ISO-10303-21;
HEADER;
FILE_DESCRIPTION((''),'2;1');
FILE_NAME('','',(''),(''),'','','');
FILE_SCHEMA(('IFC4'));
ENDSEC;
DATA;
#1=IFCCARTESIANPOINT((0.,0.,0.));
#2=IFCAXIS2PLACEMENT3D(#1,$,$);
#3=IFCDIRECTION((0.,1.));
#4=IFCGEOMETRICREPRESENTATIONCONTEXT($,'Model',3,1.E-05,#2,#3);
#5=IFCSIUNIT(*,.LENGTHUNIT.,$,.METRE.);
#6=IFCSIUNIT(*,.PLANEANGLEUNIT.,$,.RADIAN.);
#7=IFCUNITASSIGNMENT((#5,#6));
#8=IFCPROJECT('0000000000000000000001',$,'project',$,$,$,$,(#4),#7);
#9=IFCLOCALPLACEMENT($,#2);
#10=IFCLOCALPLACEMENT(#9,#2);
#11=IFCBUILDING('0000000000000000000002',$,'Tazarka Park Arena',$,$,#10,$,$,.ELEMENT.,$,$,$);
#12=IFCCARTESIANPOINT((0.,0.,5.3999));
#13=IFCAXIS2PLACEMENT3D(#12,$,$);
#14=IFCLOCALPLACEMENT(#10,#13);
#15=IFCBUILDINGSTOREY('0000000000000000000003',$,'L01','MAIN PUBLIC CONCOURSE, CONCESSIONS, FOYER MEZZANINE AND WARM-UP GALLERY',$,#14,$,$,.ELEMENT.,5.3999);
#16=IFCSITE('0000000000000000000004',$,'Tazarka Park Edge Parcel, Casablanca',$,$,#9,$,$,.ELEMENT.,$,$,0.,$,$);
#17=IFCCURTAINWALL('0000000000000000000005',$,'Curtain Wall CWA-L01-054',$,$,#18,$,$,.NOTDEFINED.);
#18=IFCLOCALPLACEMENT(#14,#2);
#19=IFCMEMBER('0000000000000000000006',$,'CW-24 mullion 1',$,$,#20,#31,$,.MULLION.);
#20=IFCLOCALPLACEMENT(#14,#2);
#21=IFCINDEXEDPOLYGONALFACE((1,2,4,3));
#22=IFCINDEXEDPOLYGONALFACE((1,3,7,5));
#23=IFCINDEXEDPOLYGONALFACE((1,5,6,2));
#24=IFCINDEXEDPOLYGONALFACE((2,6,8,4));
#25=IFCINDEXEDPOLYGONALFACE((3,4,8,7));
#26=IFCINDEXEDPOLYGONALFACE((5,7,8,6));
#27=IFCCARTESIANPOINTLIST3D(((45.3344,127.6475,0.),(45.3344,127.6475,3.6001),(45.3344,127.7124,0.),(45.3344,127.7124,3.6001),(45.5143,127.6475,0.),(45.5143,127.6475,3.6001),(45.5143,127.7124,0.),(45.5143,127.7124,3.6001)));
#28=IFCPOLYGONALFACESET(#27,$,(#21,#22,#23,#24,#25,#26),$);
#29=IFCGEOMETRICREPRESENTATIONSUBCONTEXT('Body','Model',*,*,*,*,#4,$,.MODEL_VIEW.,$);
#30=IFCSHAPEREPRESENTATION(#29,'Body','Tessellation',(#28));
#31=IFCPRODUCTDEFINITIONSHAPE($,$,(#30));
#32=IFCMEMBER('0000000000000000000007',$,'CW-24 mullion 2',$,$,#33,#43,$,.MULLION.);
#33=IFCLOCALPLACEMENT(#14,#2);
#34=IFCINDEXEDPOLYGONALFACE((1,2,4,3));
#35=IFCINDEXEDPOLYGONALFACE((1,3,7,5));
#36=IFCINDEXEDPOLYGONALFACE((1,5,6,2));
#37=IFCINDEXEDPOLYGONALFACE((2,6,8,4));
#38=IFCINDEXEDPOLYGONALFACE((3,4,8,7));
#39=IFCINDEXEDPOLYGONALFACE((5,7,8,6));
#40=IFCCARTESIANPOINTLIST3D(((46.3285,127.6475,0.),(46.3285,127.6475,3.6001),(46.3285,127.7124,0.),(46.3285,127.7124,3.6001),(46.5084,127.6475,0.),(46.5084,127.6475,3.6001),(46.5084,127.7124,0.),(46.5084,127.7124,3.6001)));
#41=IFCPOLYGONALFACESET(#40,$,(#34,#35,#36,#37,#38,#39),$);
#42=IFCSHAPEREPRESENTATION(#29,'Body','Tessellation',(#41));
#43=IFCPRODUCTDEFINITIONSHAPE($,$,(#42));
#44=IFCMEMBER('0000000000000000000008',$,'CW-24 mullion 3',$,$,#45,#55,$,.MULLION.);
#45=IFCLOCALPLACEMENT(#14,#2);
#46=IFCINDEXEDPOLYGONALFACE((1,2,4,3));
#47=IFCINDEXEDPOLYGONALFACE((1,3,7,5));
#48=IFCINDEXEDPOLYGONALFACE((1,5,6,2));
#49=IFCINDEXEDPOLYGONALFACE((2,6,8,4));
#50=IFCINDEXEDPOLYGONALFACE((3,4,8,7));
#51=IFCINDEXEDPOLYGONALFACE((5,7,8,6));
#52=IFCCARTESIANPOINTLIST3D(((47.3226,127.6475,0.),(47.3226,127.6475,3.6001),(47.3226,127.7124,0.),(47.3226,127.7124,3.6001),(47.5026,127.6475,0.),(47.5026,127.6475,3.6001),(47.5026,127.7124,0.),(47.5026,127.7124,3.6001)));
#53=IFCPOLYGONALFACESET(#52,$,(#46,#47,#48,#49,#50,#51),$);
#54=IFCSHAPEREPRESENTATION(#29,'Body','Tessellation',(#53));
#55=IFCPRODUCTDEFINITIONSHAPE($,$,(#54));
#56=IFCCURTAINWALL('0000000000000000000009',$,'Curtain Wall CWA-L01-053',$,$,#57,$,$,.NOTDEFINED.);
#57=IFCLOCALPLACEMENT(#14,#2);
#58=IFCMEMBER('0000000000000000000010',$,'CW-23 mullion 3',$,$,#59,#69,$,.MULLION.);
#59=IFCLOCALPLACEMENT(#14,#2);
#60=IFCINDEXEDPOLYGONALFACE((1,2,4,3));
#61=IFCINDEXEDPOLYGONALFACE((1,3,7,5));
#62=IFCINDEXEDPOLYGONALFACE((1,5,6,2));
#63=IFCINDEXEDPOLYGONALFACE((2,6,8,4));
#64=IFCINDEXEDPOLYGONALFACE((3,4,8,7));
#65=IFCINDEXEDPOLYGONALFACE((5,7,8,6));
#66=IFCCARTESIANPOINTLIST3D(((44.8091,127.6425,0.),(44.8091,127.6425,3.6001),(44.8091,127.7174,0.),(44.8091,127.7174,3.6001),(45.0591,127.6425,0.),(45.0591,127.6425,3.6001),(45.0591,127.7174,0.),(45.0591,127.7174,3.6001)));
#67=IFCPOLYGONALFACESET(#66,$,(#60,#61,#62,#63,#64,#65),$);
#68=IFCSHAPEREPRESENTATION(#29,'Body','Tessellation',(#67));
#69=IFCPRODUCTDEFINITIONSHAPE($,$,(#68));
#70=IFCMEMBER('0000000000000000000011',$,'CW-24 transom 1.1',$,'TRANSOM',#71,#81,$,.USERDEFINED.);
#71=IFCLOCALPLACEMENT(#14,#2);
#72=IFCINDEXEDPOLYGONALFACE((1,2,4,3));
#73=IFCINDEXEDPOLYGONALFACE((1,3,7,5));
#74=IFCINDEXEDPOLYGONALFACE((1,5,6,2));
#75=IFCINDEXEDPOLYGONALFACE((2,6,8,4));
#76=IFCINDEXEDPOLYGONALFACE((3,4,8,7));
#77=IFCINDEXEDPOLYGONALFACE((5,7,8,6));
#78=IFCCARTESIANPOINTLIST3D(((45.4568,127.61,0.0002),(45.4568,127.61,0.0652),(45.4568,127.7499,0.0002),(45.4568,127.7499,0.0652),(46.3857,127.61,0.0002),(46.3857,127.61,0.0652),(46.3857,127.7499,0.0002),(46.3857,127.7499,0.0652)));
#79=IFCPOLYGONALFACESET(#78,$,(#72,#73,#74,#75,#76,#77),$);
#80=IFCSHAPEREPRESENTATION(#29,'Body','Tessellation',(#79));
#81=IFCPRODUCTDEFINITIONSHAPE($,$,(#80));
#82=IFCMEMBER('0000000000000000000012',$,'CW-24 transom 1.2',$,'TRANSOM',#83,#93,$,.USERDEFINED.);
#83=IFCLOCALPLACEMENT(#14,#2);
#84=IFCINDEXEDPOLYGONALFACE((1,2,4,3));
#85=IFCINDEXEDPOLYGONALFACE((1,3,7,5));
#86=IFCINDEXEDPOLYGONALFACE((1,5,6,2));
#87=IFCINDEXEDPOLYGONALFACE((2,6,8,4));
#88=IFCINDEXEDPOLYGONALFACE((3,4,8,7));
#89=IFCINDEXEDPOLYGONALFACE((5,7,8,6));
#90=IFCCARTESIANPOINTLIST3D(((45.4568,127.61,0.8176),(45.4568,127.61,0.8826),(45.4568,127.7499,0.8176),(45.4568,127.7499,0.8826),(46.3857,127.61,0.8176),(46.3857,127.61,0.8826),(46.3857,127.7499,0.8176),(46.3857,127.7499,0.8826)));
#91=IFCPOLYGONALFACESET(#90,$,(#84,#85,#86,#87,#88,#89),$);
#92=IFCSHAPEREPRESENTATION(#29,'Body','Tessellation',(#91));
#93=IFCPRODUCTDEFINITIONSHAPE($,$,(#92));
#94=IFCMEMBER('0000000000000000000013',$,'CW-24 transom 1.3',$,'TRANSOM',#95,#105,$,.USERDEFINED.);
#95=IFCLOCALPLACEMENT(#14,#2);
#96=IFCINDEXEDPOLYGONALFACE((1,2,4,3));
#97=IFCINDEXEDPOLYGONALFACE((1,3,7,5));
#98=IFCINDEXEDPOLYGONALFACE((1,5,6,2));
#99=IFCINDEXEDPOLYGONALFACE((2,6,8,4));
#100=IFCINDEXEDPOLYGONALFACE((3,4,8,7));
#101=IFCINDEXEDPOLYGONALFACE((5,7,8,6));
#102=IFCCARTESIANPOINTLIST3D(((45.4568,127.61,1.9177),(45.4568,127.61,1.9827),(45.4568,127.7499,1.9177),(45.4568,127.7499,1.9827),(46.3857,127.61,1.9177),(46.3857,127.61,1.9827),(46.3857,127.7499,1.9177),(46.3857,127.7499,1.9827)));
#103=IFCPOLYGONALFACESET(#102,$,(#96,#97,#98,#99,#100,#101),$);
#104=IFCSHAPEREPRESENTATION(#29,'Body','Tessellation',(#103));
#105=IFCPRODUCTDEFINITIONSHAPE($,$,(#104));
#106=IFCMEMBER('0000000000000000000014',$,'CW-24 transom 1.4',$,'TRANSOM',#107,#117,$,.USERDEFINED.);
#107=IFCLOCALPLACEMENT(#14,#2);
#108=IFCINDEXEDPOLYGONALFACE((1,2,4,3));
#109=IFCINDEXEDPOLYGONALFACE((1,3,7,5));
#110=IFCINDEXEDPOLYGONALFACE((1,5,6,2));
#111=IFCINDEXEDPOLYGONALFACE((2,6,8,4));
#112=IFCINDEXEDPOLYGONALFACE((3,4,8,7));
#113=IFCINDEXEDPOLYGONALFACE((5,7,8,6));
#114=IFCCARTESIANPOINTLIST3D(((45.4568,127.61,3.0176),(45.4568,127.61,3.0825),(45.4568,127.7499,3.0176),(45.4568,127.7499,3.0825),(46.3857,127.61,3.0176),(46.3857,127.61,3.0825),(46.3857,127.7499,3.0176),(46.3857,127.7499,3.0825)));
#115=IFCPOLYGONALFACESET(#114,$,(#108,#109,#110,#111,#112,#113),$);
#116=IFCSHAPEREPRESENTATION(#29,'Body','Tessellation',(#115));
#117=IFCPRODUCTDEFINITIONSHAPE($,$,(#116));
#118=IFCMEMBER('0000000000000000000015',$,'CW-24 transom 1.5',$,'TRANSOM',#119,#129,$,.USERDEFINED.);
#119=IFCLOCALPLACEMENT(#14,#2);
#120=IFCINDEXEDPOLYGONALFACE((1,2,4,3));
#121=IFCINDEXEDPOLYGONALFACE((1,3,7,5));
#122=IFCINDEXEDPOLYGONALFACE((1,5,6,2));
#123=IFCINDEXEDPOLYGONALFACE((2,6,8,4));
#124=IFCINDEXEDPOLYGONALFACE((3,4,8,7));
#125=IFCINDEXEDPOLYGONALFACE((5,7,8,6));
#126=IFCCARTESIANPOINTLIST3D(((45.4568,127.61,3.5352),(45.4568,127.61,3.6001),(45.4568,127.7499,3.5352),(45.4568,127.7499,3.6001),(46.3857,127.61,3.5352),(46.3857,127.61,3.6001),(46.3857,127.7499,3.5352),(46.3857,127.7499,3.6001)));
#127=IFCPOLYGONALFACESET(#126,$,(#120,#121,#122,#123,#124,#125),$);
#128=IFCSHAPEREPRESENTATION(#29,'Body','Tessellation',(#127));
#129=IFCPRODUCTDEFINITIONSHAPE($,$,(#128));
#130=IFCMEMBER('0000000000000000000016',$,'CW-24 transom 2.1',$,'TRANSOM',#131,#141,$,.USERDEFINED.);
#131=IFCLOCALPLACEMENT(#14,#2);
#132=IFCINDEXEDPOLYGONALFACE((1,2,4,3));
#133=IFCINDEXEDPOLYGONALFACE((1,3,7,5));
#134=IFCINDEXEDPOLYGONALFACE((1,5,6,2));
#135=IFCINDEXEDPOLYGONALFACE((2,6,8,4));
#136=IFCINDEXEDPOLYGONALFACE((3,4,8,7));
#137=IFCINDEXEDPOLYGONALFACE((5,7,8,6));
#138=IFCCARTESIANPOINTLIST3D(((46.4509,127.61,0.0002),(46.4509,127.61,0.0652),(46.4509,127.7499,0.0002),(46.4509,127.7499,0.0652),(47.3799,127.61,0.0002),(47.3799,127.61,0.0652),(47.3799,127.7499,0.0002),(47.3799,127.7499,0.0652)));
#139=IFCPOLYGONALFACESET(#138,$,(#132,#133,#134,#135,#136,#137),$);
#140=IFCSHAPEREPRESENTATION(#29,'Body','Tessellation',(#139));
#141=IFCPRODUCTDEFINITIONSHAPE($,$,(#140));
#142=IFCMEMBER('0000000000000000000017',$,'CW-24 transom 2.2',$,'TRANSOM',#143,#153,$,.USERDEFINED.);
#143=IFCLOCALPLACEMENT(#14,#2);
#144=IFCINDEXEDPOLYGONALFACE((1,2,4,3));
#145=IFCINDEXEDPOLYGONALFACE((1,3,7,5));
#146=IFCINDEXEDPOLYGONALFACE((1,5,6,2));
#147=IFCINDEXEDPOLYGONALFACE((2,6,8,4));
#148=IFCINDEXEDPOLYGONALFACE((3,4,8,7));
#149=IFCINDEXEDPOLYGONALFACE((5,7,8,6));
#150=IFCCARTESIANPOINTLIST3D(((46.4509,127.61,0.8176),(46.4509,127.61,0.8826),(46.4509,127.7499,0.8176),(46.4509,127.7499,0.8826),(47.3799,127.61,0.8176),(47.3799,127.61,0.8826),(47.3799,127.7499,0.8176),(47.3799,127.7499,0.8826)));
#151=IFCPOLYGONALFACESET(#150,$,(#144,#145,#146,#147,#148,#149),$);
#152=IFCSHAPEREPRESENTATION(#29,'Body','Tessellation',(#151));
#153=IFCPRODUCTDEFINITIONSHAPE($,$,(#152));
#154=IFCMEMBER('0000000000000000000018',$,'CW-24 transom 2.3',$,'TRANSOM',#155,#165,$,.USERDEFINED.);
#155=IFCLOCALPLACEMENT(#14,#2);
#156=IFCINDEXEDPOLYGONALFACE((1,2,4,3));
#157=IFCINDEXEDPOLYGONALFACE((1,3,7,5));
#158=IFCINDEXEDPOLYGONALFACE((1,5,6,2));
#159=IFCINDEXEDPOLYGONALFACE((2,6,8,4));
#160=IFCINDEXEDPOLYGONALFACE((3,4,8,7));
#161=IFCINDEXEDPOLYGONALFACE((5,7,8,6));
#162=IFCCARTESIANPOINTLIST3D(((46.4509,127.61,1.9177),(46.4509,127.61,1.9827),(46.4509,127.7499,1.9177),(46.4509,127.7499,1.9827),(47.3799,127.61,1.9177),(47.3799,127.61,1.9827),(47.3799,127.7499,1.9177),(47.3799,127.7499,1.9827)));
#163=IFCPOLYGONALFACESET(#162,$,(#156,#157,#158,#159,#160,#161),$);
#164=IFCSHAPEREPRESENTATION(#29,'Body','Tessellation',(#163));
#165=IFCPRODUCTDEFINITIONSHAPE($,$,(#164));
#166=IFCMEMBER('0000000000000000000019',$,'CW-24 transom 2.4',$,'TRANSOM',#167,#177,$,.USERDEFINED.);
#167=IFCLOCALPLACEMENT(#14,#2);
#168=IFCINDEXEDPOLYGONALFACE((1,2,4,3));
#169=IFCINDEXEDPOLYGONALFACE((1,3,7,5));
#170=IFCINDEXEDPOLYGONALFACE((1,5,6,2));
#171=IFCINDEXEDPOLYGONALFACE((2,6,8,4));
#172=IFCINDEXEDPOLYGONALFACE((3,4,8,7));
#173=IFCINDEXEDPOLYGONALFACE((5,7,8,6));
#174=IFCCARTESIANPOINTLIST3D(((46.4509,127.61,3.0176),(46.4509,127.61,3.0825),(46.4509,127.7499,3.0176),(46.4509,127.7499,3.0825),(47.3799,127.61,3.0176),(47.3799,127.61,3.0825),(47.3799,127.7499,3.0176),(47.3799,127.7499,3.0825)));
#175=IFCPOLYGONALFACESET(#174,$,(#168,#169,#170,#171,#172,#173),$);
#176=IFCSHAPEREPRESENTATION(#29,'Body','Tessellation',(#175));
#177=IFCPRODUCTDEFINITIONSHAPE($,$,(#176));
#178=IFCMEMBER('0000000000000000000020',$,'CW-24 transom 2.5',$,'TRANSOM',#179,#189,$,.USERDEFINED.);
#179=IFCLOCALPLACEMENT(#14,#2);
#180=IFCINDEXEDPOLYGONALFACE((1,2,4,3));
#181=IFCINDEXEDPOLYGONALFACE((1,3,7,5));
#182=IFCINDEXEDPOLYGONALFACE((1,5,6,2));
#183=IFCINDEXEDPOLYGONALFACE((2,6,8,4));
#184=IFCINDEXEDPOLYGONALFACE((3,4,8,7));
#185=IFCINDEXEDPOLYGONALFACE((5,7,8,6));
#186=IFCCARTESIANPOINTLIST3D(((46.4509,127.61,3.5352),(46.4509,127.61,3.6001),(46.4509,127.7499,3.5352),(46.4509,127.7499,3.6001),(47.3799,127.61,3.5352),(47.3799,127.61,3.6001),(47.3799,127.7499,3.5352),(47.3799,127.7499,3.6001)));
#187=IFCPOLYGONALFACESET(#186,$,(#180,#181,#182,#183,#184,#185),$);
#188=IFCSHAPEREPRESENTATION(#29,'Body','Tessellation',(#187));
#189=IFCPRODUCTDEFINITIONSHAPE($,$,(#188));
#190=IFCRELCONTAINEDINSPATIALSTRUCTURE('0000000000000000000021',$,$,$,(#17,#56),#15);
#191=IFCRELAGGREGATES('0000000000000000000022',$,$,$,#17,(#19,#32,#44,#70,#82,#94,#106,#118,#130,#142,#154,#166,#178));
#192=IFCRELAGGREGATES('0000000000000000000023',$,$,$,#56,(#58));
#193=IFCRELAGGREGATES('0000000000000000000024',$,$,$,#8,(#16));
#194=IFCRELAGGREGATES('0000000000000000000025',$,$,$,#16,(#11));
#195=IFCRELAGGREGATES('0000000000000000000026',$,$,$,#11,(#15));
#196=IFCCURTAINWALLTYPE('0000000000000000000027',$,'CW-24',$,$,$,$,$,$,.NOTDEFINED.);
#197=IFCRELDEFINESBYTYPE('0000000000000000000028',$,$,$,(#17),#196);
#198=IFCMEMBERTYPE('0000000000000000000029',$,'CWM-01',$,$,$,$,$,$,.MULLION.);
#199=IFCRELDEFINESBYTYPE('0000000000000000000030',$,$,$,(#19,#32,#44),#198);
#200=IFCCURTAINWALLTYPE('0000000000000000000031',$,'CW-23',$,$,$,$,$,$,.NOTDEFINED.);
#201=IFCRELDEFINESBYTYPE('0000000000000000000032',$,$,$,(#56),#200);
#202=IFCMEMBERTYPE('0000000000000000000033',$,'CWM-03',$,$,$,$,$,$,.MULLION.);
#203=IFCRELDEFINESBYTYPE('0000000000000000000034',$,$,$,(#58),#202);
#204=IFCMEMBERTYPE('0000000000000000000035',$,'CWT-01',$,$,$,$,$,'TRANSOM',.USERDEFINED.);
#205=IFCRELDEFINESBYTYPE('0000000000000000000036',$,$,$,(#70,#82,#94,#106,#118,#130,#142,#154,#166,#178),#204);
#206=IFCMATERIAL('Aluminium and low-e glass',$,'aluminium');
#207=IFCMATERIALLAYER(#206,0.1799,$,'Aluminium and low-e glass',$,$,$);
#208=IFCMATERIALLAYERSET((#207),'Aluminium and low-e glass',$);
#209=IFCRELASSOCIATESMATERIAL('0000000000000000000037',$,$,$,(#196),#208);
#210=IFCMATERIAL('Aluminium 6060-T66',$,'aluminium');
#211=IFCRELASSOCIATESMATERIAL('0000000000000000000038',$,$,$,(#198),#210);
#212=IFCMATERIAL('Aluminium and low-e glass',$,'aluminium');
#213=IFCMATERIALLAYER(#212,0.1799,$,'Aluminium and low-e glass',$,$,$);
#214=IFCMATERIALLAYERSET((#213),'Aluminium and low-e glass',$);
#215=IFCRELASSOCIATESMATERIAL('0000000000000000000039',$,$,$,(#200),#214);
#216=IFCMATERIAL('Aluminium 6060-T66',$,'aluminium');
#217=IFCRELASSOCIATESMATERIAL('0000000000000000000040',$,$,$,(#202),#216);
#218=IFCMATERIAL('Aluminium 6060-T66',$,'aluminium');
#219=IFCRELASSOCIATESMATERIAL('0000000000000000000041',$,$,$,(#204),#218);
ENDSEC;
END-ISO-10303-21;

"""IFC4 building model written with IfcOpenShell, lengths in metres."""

from ifc_helpers import new_model, si_unit, direction, frame, origin, origin_2d, place, context, subcontext, project, spatial, rectangle, extrude, material, layer, layer_set, material_profile, profile_set, type_object, element, aggregate, save


model = new_model("IFC4")

# Units and contexts
model_context = context("Model", 3, precision=1e-05, world=origin(), true_north=direction((0.0, 1.0)))
body_context = subcontext(model_context, "Body", "Model", "MODEL_VIEW")
ifc_project = project(units=[si_unit("LENGTHUNIT", "METRE"), si_unit("PLANEANGLEUNIT", "RADIAN")], contexts=[model_context])

# Site, building, storey
site_placement = place(None, origin())
site = spatial("IfcSite", under=ifc_project, at=site_placement, Name="Tazarka Park Edge Parcel, Casablanca", CompositionType="ELEMENT", RefElevation=0.0)
building_placement = place(site_placement, origin())
building = spatial("IfcBuilding", under=site, at=building_placement, Name="Tazarka Park Arena", CompositionType="ELEMENT")
storey_placement = place(building_placement, frame((0.0, 0.0, 5.3999)))
storey = spatial("IfcBuildingStorey", under=building, at=storey_placement, Name="L01", Description="MAIN PUBLIC CONCOURSE, CONCESSIONS, FOYER MEZZANINE AND WARM-UP GALLERY", CompositionType="ELEMENT", Elevation=5.3999)

# Curtain wall, members
ifc_material_1 = material(Name="Aluminium and low-e glass", Category="aluminium")
ifc_layer_1 = layer(ifc_material_1, 0.1799, Name="Aluminium and low-e glass")
ifc_layer_set_1 = layer_set([ifc_layer_1], Name="Aluminium and low-e glass")
curtain_wall_type_1 = type_object("IfcCurtainWallType", Name="CW-24", PredefinedType="NOTDEFINED", material=ifc_layer_set_1)
curtain_wall_1_placement = place(storey_placement, origin())
curtain_wall_1 = element("IfcCurtainWall", 1, at=curtain_wall_1_placement, inside=storey, type_object=curtain_wall_type_1, Name="Curtain Wall CWA-L01-054", PredefinedType="NOTDEFINED")
ifc_material_2 = material(Name="Aluminium 6060-T66", Category="aluminium")
ifc_material_profile_1 = material_profile(ifc_material_2, rectangle(XDim=0.0649, YDim=0.1799, at=origin_2d()), Name="Aluminium 6060-T66")
ifc_profile_set_1 = profile_set([ifc_material_profile_1], Name="Aluminium 6060-T66")
member_type_1 = type_object("IfcMemberType", Name="CWM-01", PredefinedType="MULLION", material=ifc_profile_set_1)
member_1_placement = place(storey_placement, frame((45.4243, 127.6799, 0.0), z_axis=(0.0, 0.0, 1.0), x_axis=(0.0, 1.0, 0.0)))
member_1 = element("IfcMember", 2, at=member_1_placement, type_object=member_type_1, Name="CW-24 mullion 1", PredefinedType="MULLION", context=body_context, shape_type="SweptSolid", body=[
    extrude(rectangle(XDim=0.0649, YDim=0.1799, at=origin_2d()), origin(), (0.0, 0.0, 1.0), 3.6001),
])
member_2_placement = place(storey_placement, frame((46.4185, 127.6799, 0.0), z_axis=(0.0, 0.0, 1.0), x_axis=(0.0, 1.0, 0.0)))
member_2 = element("IfcMember", 3, at=member_2_placement, type_object=member_type_1, Name="CW-24 mullion 2", PredefinedType="MULLION", context=body_context, shape_type="SweptSolid", body=[
    extrude(rectangle(XDim=0.0649, YDim=0.1799, at=origin_2d()), origin(), (0.0, 0.0, 1.0), 3.6001),
])
member_3_placement = place(storey_placement, frame((47.4126, 127.6799, 0.0), z_axis=(0.0, 0.0, 1.0), x_axis=(0.0, 1.0, 0.0)))
member_3 = element("IfcMember", 4, at=member_3_placement, type_object=member_type_1, Name="CW-24 mullion 3", PredefinedType="MULLION", context=body_context, shape_type="SweptSolid", body=[
    extrude(rectangle(XDim=0.0649, YDim=0.1799, at=origin_2d()), origin(), (0.0, 0.0, 1.0), 3.6001),
])

# Curtain wall, member
ifc_material_3 = material(Name="Aluminium and low-e glass", Category="aluminium")
ifc_layer_2 = layer(ifc_material_3, 0.1799, Name="Aluminium and low-e glass")
ifc_layer_set_2 = layer_set([ifc_layer_2], Name="Aluminium and low-e glass")
curtain_wall_type_2 = type_object("IfcCurtainWallType", Name="CW-23", PredefinedType="NOTDEFINED", material=ifc_layer_set_2)
curtain_wall_2_placement = place(storey_placement, origin())
curtain_wall_2 = element("IfcCurtainWall", 5, at=curtain_wall_2_placement, inside=storey, type_object=curtain_wall_type_2, Name="Curtain Wall CWA-L01-053", PredefinedType="NOTDEFINED")
ifc_material_4 = material(Name="Aluminium 6060-T66", Category="aluminium")
ifc_material_profile_2 = material_profile(ifc_material_4, rectangle(XDim=0.075, YDim=0.25, at=origin_2d()), Name="Aluminium 6060-T66")
ifc_profile_set_2 = profile_set([ifc_material_profile_2], Name="Aluminium 6060-T66")
member_type_2 = type_object("IfcMemberType", Name="CWM-03", PredefinedType="MULLION", material=ifc_profile_set_2)
member_4_placement = place(storey_placement, frame((44.9341, 127.6799, 0.0), z_axis=(0.0, 0.0, 1.0), x_axis=(0.0, 1.0, 0.0)))
member_4 = element("IfcMember", 6, at=member_4_placement, type_object=member_type_2, Name="CW-23 mullion 3", PredefinedType="MULLION", context=body_context, shape_type="SweptSolid", body=[
    extrude(rectangle(XDim=0.075, YDim=0.25, at=origin_2d()), origin(), (0.0, 0.0, 1.0), 3.6001),
])

# Members
ifc_material_5 = material(Name="Aluminium 6060-T66", Category="aluminium")
ifc_material_profile_3 = material_profile(ifc_material_5, rectangle(XDim=0.1399, YDim=0.0649, at=origin_2d()), Name="Aluminium 6060-T66")
ifc_profile_set_3 = profile_set([ifc_material_profile_3], Name="Aluminium 6060-T66")
member_type_3 = type_object("IfcMemberType", Name="CWT-01", ElementType="TRANSOM", PredefinedType="USERDEFINED", material=ifc_profile_set_3)
member_5_placement = place(storey_placement, frame((45.4568, 127.6799, 0.0327), z_axis=(1.0, 0.0, 0.0), x_axis=(0.0, 1.0, 0.0)))
member_5 = element("IfcMember", 7, at=member_5_placement, type_object=member_type_3, Name="CW-24 transom 1.1", ObjectType="TRANSOM", PredefinedType="USERDEFINED", context=body_context, shape_type="SweptSolid", body=[
    extrude(rectangle(XDim=0.1399, YDim=0.0649, at=origin_2d()), origin(), (0.0, 0.0, 1.0), 0.929),
])
member_6_placement = place(storey_placement, frame((45.4568, 127.6799, 0.8501), z_axis=(1.0, 0.0, 0.0), x_axis=(0.0, 1.0, 0.0)))
member_6 = element("IfcMember", 8, at=member_6_placement, type_object=member_type_3, Name="CW-24 transom 1.2", ObjectType="TRANSOM", PredefinedType="USERDEFINED", context=body_context, shape_type="SweptSolid", body=[
    extrude(rectangle(XDim=0.1399, YDim=0.0649, at=origin_2d()), origin(), (0.0, 0.0, 1.0), 0.929),
])
member_7_placement = place(storey_placement, frame((45.4568, 127.6799, 1.9502), z_axis=(1.0, 0.0, 0.0), x_axis=(0.0, 1.0, 0.0)))
member_7 = element("IfcMember", 9, at=member_7_placement, type_object=member_type_3, Name="CW-24 transom 1.3", ObjectType="TRANSOM", PredefinedType="USERDEFINED", context=body_context, shape_type="SweptSolid", body=[
    extrude(rectangle(XDim=0.1399, YDim=0.0649, at=origin_2d()), origin(), (0.0, 0.0, 1.0), 0.929),
])
member_8_placement = place(storey_placement, frame((45.4568, 127.6799, 3.05), z_axis=(1.0, 0.0, 0.0), x_axis=(0.0, 1.0, 0.0)))
member_8 = element("IfcMember", 10, at=member_8_placement, type_object=member_type_3, Name="CW-24 transom 1.4", ObjectType="TRANSOM", PredefinedType="USERDEFINED", context=body_context, shape_type="SweptSolid", body=[
    extrude(rectangle(XDim=0.1399, YDim=0.0649, at=origin_2d()), origin(), (0.0, 0.0, 1.0), 0.929),
])
member_9_placement = place(storey_placement, frame((45.4568, 127.6799, 3.5676), z_axis=(1.0, 0.0, 0.0), x_axis=(0.0, 1.0, 0.0)))
member_9 = element("IfcMember", 11, at=member_9_placement, type_object=member_type_3, Name="CW-24 transom 1.5", ObjectType="TRANSOM", PredefinedType="USERDEFINED", context=body_context, shape_type="SweptSolid", body=[
    extrude(rectangle(XDim=0.1399, YDim=0.0649, at=origin_2d()), origin(), (0.0, 0.0, 1.0), 0.929),
])
member_10_placement = place(storey_placement, frame((46.4509, 127.6799, 0.0327), z_axis=(1.0, 0.0, 0.0), x_axis=(0.0, 1.0, 0.0)))
member_10 = element("IfcMember", 12, at=member_10_placement, type_object=member_type_3, Name="CW-24 transom 2.1", ObjectType="TRANSOM", PredefinedType="USERDEFINED", context=body_context, shape_type="SweptSolid", body=[
    extrude(rectangle(XDim=0.1399, YDim=0.0649, at=origin_2d()), origin(), (0.0, 0.0, 1.0), 0.929),
])
member_11_placement = place(storey_placement, frame((46.4509, 127.6799, 0.8501), z_axis=(1.0, 0.0, 0.0), x_axis=(0.0, 1.0, 0.0)))
member_11 = element("IfcMember", 13, at=member_11_placement, type_object=member_type_3, Name="CW-24 transom 2.2", ObjectType="TRANSOM", PredefinedType="USERDEFINED", context=body_context, shape_type="SweptSolid", body=[
    extrude(rectangle(XDim=0.1399, YDim=0.0649, at=origin_2d()), origin(), (0.0, 0.0, 1.0), 0.929),
])
member_12_placement = place(storey_placement, frame((46.4509, 127.6799, 1.9502), z_axis=(1.0, 0.0, 0.0), x_axis=(0.0, 1.0, 0.0)))
member_12 = element("IfcMember", 14, at=member_12_placement, type_object=member_type_3, Name="CW-24 transom 2.3", ObjectType="TRANSOM", PredefinedType="USERDEFINED", context=body_context, shape_type="SweptSolid", body=[
    extrude(rectangle(XDim=0.1399, YDim=0.0649, at=origin_2d()), origin(), (0.0, 0.0, 1.0), 0.929),
])
member_13_placement = place(storey_placement, frame((46.4509, 127.6799, 3.05), z_axis=(1.0, 0.0, 0.0), x_axis=(0.0, 1.0, 0.0)))
member_13 = element("IfcMember", 15, at=member_13_placement, type_object=member_type_3, Name="CW-24 transom 2.4", ObjectType="TRANSOM", PredefinedType="USERDEFINED", context=body_context, shape_type="SweptSolid", body=[
    extrude(rectangle(XDim=0.1399, YDim=0.0649, at=origin_2d()), origin(), (0.0, 0.0, 1.0), 0.929),
])
member_14_placement = place(storey_placement, frame((46.4509, 127.6799, 3.5676), z_axis=(1.0, 0.0, 0.0), x_axis=(0.0, 1.0, 0.0)))
member_14 = element("IfcMember", 16, at=member_14_placement, type_object=member_type_3, Name="CW-24 transom 2.5", ObjectType="TRANSOM", PredefinedType="USERDEFINED", context=body_context, shape_type="SweptSolid", body=[
    extrude(rectangle(XDim=0.1399, YDim=0.0649, at=origin_2d()), origin(), (0.0, 0.0, 1.0), 0.929),
])

aggregate(curtain_wall_1, [member_1, member_2, member_3, member_5, member_6, member_7, member_8, member_9, member_10, member_11, member_12, member_13, member_14])
aggregate(curtain_wall_2, [member_4])

save(model, "model.ifc")
